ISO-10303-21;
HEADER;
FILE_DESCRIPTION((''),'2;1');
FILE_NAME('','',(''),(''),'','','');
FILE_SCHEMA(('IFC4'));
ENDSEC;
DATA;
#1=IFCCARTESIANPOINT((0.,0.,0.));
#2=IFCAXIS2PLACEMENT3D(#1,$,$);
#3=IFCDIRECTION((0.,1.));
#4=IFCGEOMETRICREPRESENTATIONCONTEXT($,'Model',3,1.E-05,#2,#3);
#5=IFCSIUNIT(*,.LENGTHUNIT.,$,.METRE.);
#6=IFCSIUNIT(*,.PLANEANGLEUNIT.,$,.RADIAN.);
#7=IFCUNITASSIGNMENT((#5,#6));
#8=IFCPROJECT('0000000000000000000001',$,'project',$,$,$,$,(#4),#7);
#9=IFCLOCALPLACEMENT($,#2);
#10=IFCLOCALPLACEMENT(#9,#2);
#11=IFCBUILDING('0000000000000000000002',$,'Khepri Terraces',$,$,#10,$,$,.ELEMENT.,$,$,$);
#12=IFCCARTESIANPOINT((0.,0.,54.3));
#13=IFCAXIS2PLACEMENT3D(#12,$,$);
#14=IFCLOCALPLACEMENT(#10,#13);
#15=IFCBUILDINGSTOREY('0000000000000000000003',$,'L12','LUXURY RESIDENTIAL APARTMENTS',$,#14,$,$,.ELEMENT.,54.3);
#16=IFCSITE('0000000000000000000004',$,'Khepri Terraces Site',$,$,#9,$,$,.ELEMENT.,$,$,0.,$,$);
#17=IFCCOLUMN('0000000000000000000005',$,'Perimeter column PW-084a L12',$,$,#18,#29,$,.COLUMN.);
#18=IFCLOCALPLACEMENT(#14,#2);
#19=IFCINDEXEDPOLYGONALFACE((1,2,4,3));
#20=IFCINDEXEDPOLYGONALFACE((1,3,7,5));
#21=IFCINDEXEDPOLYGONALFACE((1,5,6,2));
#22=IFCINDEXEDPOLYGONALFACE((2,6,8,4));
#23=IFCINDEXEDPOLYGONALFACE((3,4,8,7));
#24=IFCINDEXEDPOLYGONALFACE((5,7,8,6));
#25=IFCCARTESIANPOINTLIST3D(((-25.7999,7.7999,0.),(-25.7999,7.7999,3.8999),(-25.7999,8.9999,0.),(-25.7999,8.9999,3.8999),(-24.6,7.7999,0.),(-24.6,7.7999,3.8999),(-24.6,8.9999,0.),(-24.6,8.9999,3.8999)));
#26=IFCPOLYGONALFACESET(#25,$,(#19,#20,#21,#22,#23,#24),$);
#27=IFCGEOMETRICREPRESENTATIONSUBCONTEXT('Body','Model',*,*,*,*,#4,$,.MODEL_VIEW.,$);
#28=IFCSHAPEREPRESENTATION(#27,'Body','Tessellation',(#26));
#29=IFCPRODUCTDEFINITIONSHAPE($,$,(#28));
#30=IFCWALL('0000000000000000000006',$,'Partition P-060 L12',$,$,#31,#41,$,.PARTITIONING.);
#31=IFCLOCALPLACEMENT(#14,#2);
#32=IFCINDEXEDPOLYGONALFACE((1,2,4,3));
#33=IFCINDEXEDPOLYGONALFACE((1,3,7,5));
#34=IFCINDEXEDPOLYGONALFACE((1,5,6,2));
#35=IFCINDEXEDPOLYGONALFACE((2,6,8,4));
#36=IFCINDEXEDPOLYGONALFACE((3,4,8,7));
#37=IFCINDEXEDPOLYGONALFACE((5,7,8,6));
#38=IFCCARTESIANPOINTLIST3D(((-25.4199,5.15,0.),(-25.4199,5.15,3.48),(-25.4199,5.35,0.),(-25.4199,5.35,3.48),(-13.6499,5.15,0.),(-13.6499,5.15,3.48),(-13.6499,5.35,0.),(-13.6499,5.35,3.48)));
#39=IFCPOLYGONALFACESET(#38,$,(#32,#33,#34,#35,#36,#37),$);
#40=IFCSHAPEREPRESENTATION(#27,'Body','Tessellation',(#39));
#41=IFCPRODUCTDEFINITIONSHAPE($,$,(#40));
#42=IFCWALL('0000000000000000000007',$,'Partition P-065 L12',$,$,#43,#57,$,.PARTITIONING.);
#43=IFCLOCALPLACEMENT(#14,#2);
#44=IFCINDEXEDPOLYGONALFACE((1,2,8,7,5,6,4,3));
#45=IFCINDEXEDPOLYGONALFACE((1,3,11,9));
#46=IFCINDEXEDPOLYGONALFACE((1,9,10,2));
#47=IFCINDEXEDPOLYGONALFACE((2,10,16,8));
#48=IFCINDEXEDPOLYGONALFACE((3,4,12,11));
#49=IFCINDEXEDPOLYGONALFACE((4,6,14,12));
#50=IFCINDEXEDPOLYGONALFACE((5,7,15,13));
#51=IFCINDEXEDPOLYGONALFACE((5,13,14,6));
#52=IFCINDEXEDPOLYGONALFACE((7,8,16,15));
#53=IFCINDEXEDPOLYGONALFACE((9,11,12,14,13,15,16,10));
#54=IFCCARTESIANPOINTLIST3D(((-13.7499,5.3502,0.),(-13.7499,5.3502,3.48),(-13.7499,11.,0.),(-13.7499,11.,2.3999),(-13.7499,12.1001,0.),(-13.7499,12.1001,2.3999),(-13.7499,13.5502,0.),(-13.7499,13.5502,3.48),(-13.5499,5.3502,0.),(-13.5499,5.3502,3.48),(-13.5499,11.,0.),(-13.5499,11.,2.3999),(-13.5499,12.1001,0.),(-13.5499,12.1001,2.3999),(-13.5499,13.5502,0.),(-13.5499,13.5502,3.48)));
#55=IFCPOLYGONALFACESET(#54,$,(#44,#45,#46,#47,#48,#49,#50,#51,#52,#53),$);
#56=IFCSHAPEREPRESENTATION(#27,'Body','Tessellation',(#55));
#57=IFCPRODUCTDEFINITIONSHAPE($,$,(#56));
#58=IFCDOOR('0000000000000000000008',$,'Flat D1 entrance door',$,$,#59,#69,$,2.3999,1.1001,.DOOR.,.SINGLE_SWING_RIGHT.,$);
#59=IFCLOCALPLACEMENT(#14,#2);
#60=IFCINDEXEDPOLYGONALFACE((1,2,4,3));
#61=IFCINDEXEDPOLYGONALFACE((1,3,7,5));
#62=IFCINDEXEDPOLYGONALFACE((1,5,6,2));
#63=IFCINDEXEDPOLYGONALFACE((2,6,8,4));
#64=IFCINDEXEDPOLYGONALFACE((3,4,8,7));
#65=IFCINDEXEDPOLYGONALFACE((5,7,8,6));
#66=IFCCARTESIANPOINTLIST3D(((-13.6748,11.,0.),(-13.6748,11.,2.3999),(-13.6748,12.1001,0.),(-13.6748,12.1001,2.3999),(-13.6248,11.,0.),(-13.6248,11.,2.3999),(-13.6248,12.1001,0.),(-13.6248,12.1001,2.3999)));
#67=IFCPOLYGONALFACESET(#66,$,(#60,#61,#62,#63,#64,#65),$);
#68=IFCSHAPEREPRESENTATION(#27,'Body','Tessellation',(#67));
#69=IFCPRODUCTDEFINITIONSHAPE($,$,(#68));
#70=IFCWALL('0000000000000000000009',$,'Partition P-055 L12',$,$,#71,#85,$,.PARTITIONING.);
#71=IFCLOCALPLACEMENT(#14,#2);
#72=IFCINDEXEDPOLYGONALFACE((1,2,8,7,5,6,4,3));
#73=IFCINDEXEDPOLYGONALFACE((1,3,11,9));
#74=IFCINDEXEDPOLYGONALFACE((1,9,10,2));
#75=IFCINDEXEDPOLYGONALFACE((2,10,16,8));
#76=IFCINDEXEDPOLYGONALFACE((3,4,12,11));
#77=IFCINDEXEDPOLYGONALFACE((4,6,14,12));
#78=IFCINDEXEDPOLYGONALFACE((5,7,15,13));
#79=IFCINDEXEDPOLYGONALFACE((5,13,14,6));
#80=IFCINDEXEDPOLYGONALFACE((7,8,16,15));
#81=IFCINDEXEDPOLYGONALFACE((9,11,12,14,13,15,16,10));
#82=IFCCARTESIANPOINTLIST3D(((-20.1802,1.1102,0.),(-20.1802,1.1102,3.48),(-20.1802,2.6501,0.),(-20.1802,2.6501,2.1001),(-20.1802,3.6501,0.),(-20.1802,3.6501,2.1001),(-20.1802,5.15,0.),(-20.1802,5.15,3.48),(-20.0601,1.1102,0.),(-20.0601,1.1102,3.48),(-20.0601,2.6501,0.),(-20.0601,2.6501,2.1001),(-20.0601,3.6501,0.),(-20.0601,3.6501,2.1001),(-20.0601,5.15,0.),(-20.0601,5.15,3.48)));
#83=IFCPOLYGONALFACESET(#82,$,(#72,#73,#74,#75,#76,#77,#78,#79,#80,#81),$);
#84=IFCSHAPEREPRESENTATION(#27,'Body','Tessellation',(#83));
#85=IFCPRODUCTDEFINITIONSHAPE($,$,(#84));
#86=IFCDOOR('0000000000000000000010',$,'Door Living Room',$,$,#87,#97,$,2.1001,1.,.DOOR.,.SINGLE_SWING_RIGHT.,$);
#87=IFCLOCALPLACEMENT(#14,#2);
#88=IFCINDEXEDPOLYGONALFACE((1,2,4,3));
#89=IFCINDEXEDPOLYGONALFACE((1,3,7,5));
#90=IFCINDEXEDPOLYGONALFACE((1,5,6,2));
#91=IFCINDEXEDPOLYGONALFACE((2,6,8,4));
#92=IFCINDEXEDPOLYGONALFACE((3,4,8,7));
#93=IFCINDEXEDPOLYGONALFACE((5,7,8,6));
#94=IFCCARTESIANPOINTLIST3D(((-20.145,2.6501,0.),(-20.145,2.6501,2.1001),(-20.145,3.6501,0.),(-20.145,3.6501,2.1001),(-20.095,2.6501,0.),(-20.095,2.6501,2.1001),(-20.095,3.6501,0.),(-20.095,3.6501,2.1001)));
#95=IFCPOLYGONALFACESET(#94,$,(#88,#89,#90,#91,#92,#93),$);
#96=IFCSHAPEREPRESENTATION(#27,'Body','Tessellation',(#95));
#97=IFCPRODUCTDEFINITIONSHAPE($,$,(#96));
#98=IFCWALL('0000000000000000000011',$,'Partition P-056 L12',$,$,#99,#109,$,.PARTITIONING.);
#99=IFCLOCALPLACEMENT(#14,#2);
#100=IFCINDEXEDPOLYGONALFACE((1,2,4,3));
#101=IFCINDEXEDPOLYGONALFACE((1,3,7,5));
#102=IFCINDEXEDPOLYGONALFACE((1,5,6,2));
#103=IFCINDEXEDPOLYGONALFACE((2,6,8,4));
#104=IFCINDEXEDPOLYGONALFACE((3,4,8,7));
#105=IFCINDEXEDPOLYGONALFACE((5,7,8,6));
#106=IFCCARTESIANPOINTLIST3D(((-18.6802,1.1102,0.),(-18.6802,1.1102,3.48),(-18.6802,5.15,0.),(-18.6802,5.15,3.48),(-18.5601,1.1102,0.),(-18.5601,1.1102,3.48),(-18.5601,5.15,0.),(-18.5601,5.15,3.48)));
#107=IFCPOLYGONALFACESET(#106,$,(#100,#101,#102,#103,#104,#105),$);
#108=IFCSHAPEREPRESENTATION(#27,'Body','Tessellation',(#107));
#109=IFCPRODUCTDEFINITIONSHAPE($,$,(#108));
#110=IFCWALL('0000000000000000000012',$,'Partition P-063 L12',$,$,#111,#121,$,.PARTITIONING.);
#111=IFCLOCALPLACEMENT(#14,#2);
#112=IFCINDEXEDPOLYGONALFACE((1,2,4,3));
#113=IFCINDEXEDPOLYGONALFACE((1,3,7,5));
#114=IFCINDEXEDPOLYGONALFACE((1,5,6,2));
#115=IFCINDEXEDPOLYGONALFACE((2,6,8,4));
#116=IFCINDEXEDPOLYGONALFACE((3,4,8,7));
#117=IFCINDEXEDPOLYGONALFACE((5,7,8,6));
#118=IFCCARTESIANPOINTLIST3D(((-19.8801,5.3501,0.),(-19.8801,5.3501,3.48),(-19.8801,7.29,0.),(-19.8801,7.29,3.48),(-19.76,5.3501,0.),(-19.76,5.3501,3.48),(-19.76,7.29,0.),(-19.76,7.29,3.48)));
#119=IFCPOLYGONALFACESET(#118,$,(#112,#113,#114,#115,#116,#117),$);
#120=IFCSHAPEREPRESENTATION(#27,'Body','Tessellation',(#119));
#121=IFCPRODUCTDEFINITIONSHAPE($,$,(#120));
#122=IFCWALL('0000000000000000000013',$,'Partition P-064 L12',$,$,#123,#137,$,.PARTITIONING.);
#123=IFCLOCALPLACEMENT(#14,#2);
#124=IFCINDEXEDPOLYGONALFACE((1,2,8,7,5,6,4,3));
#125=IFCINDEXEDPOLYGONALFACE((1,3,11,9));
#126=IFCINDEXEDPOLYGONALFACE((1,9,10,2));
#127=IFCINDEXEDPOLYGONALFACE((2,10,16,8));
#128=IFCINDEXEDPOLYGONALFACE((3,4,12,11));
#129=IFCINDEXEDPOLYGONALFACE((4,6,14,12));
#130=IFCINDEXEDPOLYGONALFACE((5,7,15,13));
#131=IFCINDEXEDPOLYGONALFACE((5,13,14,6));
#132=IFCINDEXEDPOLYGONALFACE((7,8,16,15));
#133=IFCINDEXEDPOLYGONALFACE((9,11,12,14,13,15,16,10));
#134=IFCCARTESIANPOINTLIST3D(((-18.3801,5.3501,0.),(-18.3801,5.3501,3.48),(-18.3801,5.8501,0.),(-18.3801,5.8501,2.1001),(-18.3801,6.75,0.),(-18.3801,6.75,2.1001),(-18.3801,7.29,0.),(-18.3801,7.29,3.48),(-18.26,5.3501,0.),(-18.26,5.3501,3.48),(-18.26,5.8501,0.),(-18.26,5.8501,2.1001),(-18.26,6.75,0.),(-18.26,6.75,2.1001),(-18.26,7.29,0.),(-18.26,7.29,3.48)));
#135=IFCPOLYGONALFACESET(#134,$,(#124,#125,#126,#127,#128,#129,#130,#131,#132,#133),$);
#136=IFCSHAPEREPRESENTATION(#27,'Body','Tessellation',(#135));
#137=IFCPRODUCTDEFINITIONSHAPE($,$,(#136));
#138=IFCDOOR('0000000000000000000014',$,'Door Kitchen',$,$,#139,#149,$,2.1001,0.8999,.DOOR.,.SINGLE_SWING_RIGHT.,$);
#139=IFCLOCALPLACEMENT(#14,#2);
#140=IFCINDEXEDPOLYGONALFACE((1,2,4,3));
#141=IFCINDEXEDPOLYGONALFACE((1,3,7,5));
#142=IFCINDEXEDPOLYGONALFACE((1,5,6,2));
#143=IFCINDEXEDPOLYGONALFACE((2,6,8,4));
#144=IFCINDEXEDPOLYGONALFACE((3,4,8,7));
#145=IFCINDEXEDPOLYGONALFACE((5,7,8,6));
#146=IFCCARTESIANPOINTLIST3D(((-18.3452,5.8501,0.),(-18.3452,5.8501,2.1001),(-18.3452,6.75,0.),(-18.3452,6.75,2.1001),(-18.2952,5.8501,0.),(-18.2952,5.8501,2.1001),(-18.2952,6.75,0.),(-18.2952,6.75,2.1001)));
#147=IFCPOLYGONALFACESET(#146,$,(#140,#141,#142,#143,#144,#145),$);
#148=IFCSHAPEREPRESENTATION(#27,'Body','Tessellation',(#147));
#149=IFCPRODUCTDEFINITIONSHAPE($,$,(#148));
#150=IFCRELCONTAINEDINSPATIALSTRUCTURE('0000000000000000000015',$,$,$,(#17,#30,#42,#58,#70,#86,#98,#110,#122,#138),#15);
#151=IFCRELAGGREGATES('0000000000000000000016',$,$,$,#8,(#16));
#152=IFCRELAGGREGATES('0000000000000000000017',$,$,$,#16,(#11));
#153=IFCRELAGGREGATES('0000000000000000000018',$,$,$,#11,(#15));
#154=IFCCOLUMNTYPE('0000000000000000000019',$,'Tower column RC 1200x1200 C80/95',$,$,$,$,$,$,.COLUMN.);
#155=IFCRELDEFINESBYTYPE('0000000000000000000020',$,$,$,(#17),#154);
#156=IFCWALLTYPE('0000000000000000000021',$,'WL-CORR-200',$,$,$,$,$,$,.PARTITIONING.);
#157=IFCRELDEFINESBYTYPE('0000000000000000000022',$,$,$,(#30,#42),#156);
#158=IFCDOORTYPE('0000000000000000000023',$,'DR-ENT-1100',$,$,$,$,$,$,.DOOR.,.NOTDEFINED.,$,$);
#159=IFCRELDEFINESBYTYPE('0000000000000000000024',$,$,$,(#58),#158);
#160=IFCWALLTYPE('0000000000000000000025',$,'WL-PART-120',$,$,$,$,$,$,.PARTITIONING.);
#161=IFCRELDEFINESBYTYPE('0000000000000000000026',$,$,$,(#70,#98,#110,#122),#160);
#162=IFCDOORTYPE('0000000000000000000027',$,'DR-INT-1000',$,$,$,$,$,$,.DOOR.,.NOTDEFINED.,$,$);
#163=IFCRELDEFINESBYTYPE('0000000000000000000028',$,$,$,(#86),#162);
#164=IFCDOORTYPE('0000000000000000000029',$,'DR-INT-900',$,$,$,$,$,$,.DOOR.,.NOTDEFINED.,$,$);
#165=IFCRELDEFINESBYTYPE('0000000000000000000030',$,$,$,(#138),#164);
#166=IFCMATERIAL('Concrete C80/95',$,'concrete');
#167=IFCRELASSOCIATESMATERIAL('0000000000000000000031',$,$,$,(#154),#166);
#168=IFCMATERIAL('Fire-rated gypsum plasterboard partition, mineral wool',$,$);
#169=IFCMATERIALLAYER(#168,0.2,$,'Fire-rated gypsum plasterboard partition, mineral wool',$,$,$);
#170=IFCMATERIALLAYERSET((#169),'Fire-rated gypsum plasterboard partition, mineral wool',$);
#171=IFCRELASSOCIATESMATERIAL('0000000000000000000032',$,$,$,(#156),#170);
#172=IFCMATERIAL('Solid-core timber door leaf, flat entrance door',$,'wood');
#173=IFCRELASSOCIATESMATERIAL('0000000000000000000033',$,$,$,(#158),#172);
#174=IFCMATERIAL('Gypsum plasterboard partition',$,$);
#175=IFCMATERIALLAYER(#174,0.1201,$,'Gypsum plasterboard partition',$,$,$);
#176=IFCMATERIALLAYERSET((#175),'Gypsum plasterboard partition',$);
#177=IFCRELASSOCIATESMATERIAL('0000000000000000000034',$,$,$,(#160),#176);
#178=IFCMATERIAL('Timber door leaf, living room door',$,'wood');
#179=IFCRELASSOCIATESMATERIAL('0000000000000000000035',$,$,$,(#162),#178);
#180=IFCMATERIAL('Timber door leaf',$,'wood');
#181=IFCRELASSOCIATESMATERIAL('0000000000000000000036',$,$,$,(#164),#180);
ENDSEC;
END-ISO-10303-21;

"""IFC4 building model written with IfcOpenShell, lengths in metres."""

from ifc_helpers import new_model, si_unit, direction, frame, frame_2d, origin, origin_2d, place, context, subcontext, project, spatial, rectangle, extrude, material, layer, layer_set, material_profile, profile_set, type_object, element, fill, save


model = new_model("IFC4")

# Units and contexts
model_context = context("Model", 3, precision=1e-05, world=origin(), true_north=direction((0.0, 1.0)))
body_context = subcontext(model_context, "Body", "Model", "MODEL_VIEW")
ifc_project = project(units=[si_unit("LENGTHUNIT", "METRE"), si_unit("PLANEANGLEUNIT", "RADIAN")], contexts=[model_context])

# Site, building, storey
site_placement = place(None, origin())
site = spatial("IfcSite", under=ifc_project, at=site_placement, Name="Khepri Terraces Site", CompositionType="ELEMENT", RefElevation=0.0)
building_placement = place(site_placement, origin())
building = spatial("IfcBuilding", under=site, at=building_placement, Name="Khepri Terraces", CompositionType="ELEMENT")
storey_placement = place(building_placement, frame((0.0, 0.0, 54.3)))
storey = spatial("IfcBuildingStorey", under=building, at=storey_placement, Name="L12", Description="LUXURY RESIDENTIAL APARTMENTS", CompositionType="ELEMENT", Elevation=54.3)

# Column
ifc_material_1 = material(Name="Concrete C80/95", Category="concrete")
ifc_material_profile = material_profile(ifc_material_1, rectangle(XDim=1.2, YDim=1.2, at=origin_2d()), Name="Concrete C80/95", Category="concrete")
ifc_profile_set = profile_set([ifc_material_profile], Name="Concrete C80/95")
column_type = type_object("IfcColumnType", Name="Tower column RC 1200x1200 C80/95", PredefinedType="COLUMN", material=ifc_profile_set)
column_placement = place(storey_placement, frame((-25.2, 8.3999, 0.0), z_axis=(0.0, 0.0, 1.0), x_axis=(1.0, 0.0, 0.0)))
element("IfcColumn", 1, at=column_placement, inside=storey, type_object=column_type, Name="Perimeter column PW-084a L12", PredefinedType="COLUMN", context=body_context, shape_type="SweptSolid", body=[
    extrude(rectangle(XDim=1.2, YDim=1.2, at=origin_2d()), origin(), (0.0, 0.0, 1.0), 3.8999),
])

# Wall
ifc_material_2 = material(Name="Fire-rated gypsum plasterboard partition, mineral wool")
ifc_layer_1 = layer(ifc_material_2, 0.2, Name="Fire-rated gypsum plasterboard partition, mineral wool")
ifc_layer_set_1 = layer_set([ifc_layer_1], Name="Fire-rated gypsum plasterboard partition, mineral wool")
wall_type_1 = type_object("IfcWallType", Name="WL-CORR-200", PredefinedType="PARTITIONING", material=ifc_layer_set_1)
wall_1_placement = place(storey_placement, frame((-25.4199, 5.25, 0.0), z_axis=(0.0, 0.0, 1.0), x_axis=(1.0, 0.0, 0.0)))
element("IfcWall", 2, at=wall_1_placement, inside=storey, type_object=wall_type_1, Name="Partition P-060 L12", PredefinedType="PARTITIONING", context=body_context, shape_type="SweptSolid", body=[
    extrude(rectangle(XDim=11.77, YDim=0.2, at=frame_2d((5.885, 0.0))), origin(), (0.0, 0.0, 1.0), 3.48),
])

# Wall, opening, door
wall_2_placement = place(storey_placement, frame((-13.6499, 5.3501, 0.0), z_axis=(0.0, 0.0, 1.0), x_axis=(0.0, 1.0, 0.0)))
wall_2 = element("IfcWall", 3, at=wall_2_placement, inside=storey, type_object=wall_type_1, Name="Partition P-065 L12", PredefinedType="PARTITIONING", context=body_context, shape_type="SweptSolid", body=[
    extrude(rectangle(XDim=8.2, YDim=0.2, at=frame_2d((4.1001, 0.0))), origin(), (0.0, 0.0, 1.0), 3.48),
])
opening_1_placement = place(wall_2_placement, frame((5.6499, 0.0, 0.0)))
opening_1 = element("IfcOpeningElement", 4, at=opening_1_placement, cuts=wall_2, PredefinedType="OPENING", context=body_context, shape_type="SweptSolid", body=[
    extrude(rectangle(XDim=1.1001, YDim=2.3999, at=frame_2d((0.55, 1.2))), frame((0.0, 0.1099, 0.0), z_axis=(0.0, -1.0, 0.0), x_axis=(1.0, 0.0, 0.0)), (0.0, 0.0, 1.0), 0.22),
])
ifc_material_3 = material(Name="Solid-core timber door leaf, flat entrance door", Category="wood")
door_type_1 = type_object("IfcDoorType", Name="DR-ENT-1100", OperationType="NOTDEFINED", PredefinedType="DOOR", material=ifc_material_3)
door_1_placement = place(opening_1_placement, origin())
door_1 = element("IfcDoor", 5, at=door_1_placement, inside=storey, type_object=door_type_1, Name="Flat D1 entrance door", OperationType="SINGLE_SWING_RIGHT", OverallHeight=2.3999, OverallWidth=1.1001, PredefinedType="DOOR", context=body_context, shape_type="SweptSolid", body=[
    extrude(rectangle(XDim=1.1001, YDim=2.3999, at=frame_2d((0.55, 1.2))), frame((0.0, 0.0249, 0.0), z_axis=(0.0, -1.0, 0.0), x_axis=(1.0, 0.0, 0.0)), (0.0, 0.0, 1.0), 0.05),
])
fill(opening_1, door_1)

# Wall, opening, door
ifc_material_4 = material(Name="Gypsum plasterboard partition")
ifc_layer_2 = layer(ifc_material_4, 0.1201, Name="Gypsum plasterboard partition")
ifc_layer_set_2 = layer_set([ifc_layer_2], Name="Gypsum plasterboard partition")
wall_type_2 = type_object("IfcWallType", Name="WL-PART-120", PredefinedType="PARTITIONING", material=ifc_layer_set_2)
wall_3_placement = place(storey_placement, frame((-20.1201, 1.1101, 0.0), z_axis=(0.0, 0.0, 1.0), x_axis=(0.0, 1.0, 0.0)))
wall_3 = element("IfcWall", 6, at=wall_3_placement, inside=storey, type_object=wall_type_2, Name="Partition P-055 L12", PredefinedType="PARTITIONING", context=body_context, shape_type="SweptSolid", body=[
    extrude(rectangle(XDim=4.0398, YDim=0.1201, at=frame_2d((2.02, 0.0))), origin(), (0.0, 0.0, 1.0), 3.48),
])
opening_2_placement = place(wall_3_placement, frame((1.54, 0.0, 0.0)))
opening_2 = element("IfcOpeningElement", 7, at=opening_2_placement, cuts=wall_3, PredefinedType="OPENING", context=body_context, shape_type="SweptSolid", body=[
    extrude(rectangle(XDim=1.0, YDim=2.1001, at=frame_2d((0.5, 1.05))), frame((0.0, 0.0701, 0.0), z_axis=(0.0, -1.0, 0.0), x_axis=(1.0, 0.0, 0.0)), (0.0, 0.0, 1.0), 0.1401),
])
ifc_material_5 = material(Name="Timber door leaf, living room door", Category="wood")
door_type_2 = type_object("IfcDoorType", Name="DR-INT-1000", OperationType="NOTDEFINED", PredefinedType="DOOR", material=ifc_material_5)
door_2_placement = place(opening_2_placement, origin())
door_2 = element("IfcDoor", 8, at=door_2_placement, inside=storey, type_object=door_type_2, Name="Door Living Room", OperationType="SINGLE_SWING_RIGHT", OverallHeight=2.1001, OverallWidth=1.0, PredefinedType="DOOR", context=body_context, shape_type="SweptSolid", body=[
    extrude(rectangle(XDim=1.0, YDim=2.1001, at=frame_2d((0.5, 1.05))), frame((0.0, 0.0249, 0.0), z_axis=(0.0, -1.0, 0.0), x_axis=(1.0, 0.0, 0.0)), (0.0, 0.0, 1.0), 0.05),
])
fill(opening_2, door_2)

# Walls
wall_4_placement = place(storey_placement, frame((-18.6201, 1.1101, 0.0), z_axis=(0.0, 0.0, 1.0), x_axis=(0.0, 1.0, 0.0)))
element("IfcWall", 9, at=wall_4_placement, inside=storey, type_object=wall_type_2, Name="Partition P-056 L12", PredefinedType="PARTITIONING", context=body_context, shape_type="SweptSolid", body=[
    extrude(rectangle(XDim=4.0398, YDim=0.1201, at=frame_2d((2.02, 0.0))), origin(), (0.0, 0.0, 1.0), 3.48),
])
wall_5_placement = place(storey_placement, frame((-19.8201, 5.3501, 0.0), z_axis=(0.0, 0.0, 1.0), x_axis=(0.0, 1.0, 0.0)))
element("IfcWall", 10, at=wall_5_placement, inside=storey, type_object=wall_type_2, Name="Partition P-063 L12", PredefinedType="PARTITIONING", context=body_context, shape_type="SweptSolid", body=[
    extrude(rectangle(XDim=1.9399, YDim=0.1201, at=frame_2d((0.97, 0.0))), origin(), (0.0, 0.0, 1.0), 3.48),
])

# Wall, opening, door
wall_6_placement = place(storey_placement, frame((-18.3201, 5.3501, 0.0), z_axis=(0.0, 0.0, 1.0), x_axis=(0.0, 1.0, 0.0)))
wall_6 = element("IfcWall", 11, at=wall_6_placement, inside=storey, type_object=wall_type_2, Name="Partition P-064 L12", PredefinedType="PARTITIONING", context=body_context, shape_type="SweptSolid", body=[
    extrude(rectangle(XDim=1.9399, YDim=0.1201, at=frame_2d((0.97, 0.0))), origin(), (0.0, 0.0, 1.0), 3.48),
])
opening_3_placement = place(wall_6_placement, frame((0.5, 0.0, 0.0)))
opening_3 = element("IfcOpeningElement", 12, at=opening_3_placement, cuts=wall_6, PredefinedType="OPENING", context=body_context, shape_type="SweptSolid", body=[
    extrude(rectangle(XDim=0.8999, YDim=2.1001, at=frame_2d((0.45, 1.05))), frame((0.0, 0.0701, 0.0), z_axis=(0.0, -1.0, 0.0), x_axis=(1.0, 0.0, 0.0)), (0.0, 0.0, 1.0), 0.1401),
])
ifc_material_6 = material(Name="Timber door leaf", Category="wood")
door_type_3 = type_object("IfcDoorType", Name="DR-INT-900", OperationType="NOTDEFINED", PredefinedType="DOOR", material=ifc_material_6)
door_3_placement = place(opening_3_placement, frame((0.8999, 0.0, 0.0), z_axis=(0.0, 0.0, 1.0), x_axis=(-1.0, 0.0, 0.0)))
door_3 = element("IfcDoor", 13, at=door_3_placement, inside=storey, type_object=door_type_3, Name="Door Kitchen", OperationType="SINGLE_SWING_RIGHT", OverallHeight=2.1001, OverallWidth=0.8999, PredefinedType="DOOR", context=body_context, shape_type="SweptSolid", body=[
    extrude(rectangle(XDim=0.8999, YDim=2.1001, at=frame_2d((0.45, 1.05))), frame((0.0, 0.0249, 0.0), z_axis=(0.0, -1.0, 0.0), x_axis=(1.0, 0.0, 0.0)), (0.0, 0.0, 1.0), 0.05),
])
fill(opening_3, door_3)

save(model, "model.ifc")
